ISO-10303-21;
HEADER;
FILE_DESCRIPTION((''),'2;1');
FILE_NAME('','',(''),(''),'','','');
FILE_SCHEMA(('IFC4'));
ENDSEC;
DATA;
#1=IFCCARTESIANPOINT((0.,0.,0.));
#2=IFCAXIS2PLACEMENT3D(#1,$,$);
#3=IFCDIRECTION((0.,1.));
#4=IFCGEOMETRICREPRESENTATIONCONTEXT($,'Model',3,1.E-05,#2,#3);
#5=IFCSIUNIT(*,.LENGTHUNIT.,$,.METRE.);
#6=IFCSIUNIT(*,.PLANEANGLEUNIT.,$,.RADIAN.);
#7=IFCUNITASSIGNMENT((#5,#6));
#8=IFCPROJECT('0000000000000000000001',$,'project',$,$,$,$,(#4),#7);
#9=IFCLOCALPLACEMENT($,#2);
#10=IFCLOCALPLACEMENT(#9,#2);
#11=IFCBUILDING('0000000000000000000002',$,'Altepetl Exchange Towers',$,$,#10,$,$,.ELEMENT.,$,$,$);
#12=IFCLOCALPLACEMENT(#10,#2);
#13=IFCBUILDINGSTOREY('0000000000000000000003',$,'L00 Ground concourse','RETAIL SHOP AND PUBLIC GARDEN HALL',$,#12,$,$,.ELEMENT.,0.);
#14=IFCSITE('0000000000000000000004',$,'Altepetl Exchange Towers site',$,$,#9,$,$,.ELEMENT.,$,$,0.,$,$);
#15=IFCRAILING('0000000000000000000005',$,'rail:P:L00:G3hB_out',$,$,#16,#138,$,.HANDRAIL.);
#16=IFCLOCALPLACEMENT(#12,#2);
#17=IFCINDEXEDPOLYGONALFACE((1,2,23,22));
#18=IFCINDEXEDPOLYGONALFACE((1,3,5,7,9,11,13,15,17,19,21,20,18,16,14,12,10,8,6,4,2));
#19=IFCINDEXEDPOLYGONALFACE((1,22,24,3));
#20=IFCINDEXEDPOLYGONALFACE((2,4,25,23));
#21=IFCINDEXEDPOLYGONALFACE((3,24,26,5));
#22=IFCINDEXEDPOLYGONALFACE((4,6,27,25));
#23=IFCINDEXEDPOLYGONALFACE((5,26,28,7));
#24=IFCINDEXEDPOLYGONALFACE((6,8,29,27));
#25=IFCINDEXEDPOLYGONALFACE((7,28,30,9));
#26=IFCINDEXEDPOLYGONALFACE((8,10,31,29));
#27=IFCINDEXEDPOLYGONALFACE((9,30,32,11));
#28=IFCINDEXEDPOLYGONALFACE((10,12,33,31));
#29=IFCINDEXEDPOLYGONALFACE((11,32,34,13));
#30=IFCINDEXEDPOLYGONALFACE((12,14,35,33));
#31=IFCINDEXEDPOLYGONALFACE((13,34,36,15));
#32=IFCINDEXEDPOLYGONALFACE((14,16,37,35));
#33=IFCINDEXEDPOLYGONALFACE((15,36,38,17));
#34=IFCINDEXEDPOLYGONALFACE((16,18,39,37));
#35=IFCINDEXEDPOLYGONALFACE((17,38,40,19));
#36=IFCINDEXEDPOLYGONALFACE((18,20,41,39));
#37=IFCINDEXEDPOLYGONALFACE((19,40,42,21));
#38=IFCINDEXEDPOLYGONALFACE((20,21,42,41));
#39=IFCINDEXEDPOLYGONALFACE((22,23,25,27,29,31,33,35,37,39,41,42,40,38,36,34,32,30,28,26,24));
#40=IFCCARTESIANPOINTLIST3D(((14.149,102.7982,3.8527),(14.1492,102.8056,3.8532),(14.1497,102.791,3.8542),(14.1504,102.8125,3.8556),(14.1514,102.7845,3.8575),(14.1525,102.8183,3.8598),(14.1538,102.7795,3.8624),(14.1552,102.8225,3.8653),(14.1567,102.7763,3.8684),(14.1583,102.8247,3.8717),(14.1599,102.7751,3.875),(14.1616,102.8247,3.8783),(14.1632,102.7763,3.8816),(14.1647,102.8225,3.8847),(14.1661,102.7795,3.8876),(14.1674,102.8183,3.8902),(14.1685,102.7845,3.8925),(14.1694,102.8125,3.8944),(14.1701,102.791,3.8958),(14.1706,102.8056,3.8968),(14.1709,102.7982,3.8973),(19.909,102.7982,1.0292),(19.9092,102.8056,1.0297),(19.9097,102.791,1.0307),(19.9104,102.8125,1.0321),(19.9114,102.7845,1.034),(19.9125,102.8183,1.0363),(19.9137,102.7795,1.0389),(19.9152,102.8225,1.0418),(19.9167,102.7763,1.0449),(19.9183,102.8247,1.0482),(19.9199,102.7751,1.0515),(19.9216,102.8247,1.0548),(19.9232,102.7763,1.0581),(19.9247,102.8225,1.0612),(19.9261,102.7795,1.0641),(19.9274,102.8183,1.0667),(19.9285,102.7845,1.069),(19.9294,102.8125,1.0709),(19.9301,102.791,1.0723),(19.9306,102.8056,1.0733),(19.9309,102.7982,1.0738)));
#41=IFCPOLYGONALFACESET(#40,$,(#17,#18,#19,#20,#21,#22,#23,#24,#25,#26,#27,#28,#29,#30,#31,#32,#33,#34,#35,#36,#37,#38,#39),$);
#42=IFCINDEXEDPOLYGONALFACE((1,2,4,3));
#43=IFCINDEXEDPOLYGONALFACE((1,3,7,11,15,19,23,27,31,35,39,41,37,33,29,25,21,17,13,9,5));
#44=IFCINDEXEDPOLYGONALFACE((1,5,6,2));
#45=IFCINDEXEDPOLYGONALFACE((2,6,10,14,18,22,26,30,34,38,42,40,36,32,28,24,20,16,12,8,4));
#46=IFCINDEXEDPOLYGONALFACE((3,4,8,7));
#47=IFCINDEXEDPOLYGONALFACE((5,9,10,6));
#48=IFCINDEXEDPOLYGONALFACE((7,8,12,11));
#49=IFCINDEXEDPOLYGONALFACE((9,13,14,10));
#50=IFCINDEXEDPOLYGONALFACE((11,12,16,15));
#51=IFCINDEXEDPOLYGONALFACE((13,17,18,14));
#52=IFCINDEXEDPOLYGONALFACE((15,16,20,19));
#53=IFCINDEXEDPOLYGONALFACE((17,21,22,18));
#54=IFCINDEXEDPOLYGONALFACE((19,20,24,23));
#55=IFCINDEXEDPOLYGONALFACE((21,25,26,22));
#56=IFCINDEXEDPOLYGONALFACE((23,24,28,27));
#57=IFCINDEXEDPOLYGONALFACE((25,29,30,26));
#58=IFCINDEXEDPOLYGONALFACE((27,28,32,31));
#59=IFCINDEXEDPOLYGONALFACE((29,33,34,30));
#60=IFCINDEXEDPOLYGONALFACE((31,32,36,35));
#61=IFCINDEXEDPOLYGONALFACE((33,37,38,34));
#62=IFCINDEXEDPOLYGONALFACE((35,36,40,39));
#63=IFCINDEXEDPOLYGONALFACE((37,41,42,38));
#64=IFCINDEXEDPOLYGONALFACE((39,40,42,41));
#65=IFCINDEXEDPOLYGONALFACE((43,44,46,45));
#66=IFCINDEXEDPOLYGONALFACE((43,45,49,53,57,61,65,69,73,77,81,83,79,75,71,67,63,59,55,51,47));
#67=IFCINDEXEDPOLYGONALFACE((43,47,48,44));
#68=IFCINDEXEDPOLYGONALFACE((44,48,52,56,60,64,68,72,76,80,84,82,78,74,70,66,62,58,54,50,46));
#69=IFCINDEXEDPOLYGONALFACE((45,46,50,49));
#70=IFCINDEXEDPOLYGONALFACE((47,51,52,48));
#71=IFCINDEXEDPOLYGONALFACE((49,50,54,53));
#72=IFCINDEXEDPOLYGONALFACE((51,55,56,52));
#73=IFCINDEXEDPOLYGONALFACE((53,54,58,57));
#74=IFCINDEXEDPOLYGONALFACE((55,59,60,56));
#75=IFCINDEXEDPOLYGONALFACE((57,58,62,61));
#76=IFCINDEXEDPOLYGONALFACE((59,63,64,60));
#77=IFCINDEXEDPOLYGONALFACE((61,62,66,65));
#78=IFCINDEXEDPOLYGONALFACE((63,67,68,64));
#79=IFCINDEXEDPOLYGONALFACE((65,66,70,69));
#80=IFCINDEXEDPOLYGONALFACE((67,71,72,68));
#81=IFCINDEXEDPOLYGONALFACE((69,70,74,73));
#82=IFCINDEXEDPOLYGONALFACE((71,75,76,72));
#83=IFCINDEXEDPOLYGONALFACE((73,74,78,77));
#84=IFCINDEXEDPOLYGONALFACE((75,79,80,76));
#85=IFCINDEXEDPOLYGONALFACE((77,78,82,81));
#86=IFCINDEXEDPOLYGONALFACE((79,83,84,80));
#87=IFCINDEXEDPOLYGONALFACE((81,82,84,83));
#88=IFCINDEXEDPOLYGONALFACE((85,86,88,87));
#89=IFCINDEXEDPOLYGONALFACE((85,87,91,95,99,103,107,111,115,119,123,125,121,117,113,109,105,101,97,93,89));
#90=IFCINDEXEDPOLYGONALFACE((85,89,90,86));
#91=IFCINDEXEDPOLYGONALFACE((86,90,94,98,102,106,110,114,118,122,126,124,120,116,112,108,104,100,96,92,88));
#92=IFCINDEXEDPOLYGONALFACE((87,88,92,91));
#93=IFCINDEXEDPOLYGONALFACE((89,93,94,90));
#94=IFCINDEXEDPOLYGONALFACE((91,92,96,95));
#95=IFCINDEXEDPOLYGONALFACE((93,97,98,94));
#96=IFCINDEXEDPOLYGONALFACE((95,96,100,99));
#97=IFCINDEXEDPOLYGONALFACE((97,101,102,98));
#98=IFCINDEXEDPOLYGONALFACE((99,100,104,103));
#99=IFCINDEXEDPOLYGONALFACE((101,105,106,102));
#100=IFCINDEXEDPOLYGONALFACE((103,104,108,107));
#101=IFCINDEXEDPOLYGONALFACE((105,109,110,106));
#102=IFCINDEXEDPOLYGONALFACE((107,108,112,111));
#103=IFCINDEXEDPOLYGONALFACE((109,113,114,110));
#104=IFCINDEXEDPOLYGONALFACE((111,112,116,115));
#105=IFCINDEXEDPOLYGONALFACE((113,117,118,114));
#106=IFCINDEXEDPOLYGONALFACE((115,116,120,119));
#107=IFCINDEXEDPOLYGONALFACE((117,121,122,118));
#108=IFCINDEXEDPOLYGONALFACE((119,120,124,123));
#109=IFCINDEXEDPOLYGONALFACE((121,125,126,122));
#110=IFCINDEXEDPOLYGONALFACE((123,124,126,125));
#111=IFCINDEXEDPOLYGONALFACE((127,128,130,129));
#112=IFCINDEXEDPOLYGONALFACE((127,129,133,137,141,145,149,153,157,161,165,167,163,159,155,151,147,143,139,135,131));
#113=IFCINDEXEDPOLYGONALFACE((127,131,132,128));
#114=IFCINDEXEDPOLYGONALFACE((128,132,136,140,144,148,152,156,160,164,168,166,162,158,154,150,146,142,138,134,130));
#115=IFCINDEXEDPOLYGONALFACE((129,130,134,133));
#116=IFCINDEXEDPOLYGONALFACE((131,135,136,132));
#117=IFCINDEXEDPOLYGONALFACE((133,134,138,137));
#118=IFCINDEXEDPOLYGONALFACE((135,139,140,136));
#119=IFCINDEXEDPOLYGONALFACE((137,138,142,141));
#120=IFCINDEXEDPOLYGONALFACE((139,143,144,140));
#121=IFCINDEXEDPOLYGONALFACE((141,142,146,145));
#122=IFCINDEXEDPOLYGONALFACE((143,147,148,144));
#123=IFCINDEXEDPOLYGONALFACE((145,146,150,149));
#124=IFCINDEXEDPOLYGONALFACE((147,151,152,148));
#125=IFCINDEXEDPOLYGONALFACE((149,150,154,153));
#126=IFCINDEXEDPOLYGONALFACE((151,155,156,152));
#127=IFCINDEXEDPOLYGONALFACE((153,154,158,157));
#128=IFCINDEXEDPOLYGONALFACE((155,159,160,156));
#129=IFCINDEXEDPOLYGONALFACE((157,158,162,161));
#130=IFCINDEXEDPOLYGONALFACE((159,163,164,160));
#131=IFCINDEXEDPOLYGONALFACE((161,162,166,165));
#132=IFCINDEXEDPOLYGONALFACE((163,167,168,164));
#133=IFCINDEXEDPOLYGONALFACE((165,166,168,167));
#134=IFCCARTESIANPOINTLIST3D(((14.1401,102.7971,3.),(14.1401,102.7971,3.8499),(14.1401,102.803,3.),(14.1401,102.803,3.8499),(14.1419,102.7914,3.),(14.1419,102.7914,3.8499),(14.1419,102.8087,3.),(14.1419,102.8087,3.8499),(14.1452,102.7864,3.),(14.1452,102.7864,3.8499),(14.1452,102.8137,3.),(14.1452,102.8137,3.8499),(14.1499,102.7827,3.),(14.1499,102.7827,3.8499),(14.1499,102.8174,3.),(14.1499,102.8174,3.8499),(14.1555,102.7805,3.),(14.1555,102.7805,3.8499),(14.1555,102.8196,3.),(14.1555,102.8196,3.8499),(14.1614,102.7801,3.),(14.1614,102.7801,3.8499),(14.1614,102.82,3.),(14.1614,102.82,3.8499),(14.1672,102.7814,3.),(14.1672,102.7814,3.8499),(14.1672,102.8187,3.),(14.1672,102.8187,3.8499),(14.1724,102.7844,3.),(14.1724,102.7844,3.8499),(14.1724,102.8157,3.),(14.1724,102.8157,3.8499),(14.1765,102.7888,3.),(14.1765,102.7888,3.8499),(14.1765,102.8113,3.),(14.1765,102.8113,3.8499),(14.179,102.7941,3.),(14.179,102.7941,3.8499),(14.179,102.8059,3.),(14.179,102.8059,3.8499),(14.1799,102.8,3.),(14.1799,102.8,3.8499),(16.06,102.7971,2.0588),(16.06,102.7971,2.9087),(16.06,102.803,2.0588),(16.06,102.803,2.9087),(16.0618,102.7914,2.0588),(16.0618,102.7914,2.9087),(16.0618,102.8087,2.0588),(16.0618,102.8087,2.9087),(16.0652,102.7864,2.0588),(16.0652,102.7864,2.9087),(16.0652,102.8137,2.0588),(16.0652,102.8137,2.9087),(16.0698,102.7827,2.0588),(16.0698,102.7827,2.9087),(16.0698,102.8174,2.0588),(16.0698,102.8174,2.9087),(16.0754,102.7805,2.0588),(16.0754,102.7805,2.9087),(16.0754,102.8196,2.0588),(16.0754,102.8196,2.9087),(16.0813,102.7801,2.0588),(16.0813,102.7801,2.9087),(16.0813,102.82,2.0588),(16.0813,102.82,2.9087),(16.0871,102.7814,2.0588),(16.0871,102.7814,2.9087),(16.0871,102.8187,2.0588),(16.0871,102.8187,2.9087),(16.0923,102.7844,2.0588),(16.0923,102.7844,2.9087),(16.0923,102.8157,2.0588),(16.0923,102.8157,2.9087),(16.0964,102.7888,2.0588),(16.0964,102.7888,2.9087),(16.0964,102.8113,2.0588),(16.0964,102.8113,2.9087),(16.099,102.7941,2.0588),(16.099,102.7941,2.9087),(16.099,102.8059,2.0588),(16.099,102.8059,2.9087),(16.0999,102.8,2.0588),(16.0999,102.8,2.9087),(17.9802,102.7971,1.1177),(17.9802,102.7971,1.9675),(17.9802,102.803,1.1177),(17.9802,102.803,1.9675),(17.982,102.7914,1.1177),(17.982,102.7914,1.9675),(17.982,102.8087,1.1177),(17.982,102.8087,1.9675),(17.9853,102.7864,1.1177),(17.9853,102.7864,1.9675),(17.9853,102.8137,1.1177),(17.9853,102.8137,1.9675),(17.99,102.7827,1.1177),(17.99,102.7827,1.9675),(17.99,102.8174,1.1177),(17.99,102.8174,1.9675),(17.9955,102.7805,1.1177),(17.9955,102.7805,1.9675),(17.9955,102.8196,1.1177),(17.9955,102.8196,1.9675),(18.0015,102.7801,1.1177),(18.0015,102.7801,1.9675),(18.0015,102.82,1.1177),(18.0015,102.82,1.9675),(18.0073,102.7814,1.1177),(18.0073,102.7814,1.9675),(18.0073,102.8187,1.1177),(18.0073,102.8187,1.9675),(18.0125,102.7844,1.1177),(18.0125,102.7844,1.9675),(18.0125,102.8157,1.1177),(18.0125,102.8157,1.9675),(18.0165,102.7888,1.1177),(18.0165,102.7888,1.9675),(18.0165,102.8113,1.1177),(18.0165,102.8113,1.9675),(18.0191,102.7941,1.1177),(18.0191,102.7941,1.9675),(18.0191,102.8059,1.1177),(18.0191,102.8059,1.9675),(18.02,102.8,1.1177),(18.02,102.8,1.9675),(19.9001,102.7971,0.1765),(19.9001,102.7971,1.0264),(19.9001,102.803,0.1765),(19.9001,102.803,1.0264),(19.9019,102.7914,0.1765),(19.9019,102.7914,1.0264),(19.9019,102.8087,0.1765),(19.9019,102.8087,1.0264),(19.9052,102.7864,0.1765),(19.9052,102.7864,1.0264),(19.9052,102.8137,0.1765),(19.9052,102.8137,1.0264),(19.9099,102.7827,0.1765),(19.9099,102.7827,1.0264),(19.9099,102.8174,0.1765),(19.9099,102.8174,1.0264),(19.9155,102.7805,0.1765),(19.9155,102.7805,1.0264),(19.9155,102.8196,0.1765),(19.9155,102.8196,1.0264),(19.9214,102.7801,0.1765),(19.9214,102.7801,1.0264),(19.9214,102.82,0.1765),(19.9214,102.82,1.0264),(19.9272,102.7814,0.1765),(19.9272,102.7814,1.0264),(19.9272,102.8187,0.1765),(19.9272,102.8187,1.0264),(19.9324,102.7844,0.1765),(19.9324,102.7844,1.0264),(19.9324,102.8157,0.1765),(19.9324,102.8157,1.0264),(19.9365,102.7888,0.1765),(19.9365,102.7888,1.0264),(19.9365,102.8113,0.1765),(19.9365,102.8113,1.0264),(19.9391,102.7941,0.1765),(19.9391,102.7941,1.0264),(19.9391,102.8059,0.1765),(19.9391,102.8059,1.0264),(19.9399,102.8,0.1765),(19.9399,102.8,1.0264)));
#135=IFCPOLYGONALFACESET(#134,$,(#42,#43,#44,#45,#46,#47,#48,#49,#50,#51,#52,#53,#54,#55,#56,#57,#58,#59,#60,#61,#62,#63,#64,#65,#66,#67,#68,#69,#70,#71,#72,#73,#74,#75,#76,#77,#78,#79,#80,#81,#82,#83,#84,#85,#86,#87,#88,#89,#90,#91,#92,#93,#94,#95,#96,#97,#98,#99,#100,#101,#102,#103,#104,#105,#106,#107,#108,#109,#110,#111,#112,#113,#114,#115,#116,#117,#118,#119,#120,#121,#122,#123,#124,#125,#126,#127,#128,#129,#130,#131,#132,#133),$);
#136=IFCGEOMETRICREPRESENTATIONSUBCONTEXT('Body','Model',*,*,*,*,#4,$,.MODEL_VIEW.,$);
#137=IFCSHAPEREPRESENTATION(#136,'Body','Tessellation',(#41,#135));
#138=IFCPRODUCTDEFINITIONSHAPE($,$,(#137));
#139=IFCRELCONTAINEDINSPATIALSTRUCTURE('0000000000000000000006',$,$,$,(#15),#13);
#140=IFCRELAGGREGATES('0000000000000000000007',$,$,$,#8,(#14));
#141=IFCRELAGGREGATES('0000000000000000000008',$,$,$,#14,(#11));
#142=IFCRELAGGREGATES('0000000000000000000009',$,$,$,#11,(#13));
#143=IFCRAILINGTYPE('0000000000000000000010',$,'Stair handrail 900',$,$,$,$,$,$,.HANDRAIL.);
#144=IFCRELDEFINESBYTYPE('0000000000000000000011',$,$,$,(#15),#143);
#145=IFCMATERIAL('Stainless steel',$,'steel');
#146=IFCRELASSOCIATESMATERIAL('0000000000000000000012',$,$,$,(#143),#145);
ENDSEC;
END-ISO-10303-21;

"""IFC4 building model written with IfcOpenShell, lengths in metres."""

from ifc_helpers import new_model, si_unit, direction, frame, origin, origin_2d, place, context, subcontext, project, spatial, circle, extrude, source, transform, mapped, material, type_object, element, save


model = new_model("IFC4")

# Units and contexts
model_context = context("Model", 3, precision=1e-05, world=origin(), true_north=direction((0.0, 1.0)))
body_context = subcontext(model_context, "Body", "Model", "MODEL_VIEW")
ifc_project = project(units=[si_unit("LENGTHUNIT", "METRE"), si_unit("PLANEANGLEUNIT", "RADIAN")], contexts=[model_context])

# Site, building, storey
site_placement = place(None, origin())
site = spatial("IfcSite", under=ifc_project, at=site_placement, Name="Altepetl Exchange Towers site", CompositionType="ELEMENT", RefElevation=0.0)
building_placement = place(site_placement, origin())
building = spatial("IfcBuilding", under=site, at=building_placement, Name="Altepetl Exchange Towers", CompositionType="ELEMENT")
storey_placement = place(building_placement, origin())
storey = spatial("IfcBuildingStorey", under=building, at=storey_placement, Name="L00 Ground concourse", Description="RETAIL SHOP AND PUBLIC GARDEN HALL", CompositionType="ELEMENT", Elevation=0.0)

# Railing
ifc_material_1 = material(Name="Stainless steel", Category="steel")
railing_type_1 = type_object("IfcRailingType", Name="Stair handrail 900", PredefinedType="HANDRAIL", material=ifc_material_1)
shared_shape_1 = source(origin(), body_context, "Body", "SweptSolid", [
    extrude(circle(Radius=0.02, at=origin_2d()), origin(), (0.0, 0.0, 1.0), 0.8499),
])
for number, where, name in (
    (1, (19.9199, 102.8, 0.1765), "rail:P:L00:G3hB_out"),
):
    element("IfcRailing", number, at=place(storey_placement, frame(where)), inside=storey, type_object=railing_type_1, Name=name, PredefinedType="HANDRAIL", context=body_context, shape_type="SweptSolid", body=[
        extrude(circle(Radius=0.0249, at=origin_2d()), frame((0.0, 0.0, 0.875), z_axis=(-0.897924, 0.0, 0.440151), x_axis=(0.0, -1.0, 0.0)), (0.0, 0.0, 1.0), 6.4148),
        mapped(shared_shape_1, transform((0.0, 0.0, 0.0))),
        mapped(shared_shape_1, transform((-1.9199, 0.0, 0.9412))),
        mapped(shared_shape_1, transform((-3.8401, 0.0, 1.8823))),
        mapped(shared_shape_1, transform((-5.76, 0.0, 2.8235))),
    ])

save(model, "model.ifc")
